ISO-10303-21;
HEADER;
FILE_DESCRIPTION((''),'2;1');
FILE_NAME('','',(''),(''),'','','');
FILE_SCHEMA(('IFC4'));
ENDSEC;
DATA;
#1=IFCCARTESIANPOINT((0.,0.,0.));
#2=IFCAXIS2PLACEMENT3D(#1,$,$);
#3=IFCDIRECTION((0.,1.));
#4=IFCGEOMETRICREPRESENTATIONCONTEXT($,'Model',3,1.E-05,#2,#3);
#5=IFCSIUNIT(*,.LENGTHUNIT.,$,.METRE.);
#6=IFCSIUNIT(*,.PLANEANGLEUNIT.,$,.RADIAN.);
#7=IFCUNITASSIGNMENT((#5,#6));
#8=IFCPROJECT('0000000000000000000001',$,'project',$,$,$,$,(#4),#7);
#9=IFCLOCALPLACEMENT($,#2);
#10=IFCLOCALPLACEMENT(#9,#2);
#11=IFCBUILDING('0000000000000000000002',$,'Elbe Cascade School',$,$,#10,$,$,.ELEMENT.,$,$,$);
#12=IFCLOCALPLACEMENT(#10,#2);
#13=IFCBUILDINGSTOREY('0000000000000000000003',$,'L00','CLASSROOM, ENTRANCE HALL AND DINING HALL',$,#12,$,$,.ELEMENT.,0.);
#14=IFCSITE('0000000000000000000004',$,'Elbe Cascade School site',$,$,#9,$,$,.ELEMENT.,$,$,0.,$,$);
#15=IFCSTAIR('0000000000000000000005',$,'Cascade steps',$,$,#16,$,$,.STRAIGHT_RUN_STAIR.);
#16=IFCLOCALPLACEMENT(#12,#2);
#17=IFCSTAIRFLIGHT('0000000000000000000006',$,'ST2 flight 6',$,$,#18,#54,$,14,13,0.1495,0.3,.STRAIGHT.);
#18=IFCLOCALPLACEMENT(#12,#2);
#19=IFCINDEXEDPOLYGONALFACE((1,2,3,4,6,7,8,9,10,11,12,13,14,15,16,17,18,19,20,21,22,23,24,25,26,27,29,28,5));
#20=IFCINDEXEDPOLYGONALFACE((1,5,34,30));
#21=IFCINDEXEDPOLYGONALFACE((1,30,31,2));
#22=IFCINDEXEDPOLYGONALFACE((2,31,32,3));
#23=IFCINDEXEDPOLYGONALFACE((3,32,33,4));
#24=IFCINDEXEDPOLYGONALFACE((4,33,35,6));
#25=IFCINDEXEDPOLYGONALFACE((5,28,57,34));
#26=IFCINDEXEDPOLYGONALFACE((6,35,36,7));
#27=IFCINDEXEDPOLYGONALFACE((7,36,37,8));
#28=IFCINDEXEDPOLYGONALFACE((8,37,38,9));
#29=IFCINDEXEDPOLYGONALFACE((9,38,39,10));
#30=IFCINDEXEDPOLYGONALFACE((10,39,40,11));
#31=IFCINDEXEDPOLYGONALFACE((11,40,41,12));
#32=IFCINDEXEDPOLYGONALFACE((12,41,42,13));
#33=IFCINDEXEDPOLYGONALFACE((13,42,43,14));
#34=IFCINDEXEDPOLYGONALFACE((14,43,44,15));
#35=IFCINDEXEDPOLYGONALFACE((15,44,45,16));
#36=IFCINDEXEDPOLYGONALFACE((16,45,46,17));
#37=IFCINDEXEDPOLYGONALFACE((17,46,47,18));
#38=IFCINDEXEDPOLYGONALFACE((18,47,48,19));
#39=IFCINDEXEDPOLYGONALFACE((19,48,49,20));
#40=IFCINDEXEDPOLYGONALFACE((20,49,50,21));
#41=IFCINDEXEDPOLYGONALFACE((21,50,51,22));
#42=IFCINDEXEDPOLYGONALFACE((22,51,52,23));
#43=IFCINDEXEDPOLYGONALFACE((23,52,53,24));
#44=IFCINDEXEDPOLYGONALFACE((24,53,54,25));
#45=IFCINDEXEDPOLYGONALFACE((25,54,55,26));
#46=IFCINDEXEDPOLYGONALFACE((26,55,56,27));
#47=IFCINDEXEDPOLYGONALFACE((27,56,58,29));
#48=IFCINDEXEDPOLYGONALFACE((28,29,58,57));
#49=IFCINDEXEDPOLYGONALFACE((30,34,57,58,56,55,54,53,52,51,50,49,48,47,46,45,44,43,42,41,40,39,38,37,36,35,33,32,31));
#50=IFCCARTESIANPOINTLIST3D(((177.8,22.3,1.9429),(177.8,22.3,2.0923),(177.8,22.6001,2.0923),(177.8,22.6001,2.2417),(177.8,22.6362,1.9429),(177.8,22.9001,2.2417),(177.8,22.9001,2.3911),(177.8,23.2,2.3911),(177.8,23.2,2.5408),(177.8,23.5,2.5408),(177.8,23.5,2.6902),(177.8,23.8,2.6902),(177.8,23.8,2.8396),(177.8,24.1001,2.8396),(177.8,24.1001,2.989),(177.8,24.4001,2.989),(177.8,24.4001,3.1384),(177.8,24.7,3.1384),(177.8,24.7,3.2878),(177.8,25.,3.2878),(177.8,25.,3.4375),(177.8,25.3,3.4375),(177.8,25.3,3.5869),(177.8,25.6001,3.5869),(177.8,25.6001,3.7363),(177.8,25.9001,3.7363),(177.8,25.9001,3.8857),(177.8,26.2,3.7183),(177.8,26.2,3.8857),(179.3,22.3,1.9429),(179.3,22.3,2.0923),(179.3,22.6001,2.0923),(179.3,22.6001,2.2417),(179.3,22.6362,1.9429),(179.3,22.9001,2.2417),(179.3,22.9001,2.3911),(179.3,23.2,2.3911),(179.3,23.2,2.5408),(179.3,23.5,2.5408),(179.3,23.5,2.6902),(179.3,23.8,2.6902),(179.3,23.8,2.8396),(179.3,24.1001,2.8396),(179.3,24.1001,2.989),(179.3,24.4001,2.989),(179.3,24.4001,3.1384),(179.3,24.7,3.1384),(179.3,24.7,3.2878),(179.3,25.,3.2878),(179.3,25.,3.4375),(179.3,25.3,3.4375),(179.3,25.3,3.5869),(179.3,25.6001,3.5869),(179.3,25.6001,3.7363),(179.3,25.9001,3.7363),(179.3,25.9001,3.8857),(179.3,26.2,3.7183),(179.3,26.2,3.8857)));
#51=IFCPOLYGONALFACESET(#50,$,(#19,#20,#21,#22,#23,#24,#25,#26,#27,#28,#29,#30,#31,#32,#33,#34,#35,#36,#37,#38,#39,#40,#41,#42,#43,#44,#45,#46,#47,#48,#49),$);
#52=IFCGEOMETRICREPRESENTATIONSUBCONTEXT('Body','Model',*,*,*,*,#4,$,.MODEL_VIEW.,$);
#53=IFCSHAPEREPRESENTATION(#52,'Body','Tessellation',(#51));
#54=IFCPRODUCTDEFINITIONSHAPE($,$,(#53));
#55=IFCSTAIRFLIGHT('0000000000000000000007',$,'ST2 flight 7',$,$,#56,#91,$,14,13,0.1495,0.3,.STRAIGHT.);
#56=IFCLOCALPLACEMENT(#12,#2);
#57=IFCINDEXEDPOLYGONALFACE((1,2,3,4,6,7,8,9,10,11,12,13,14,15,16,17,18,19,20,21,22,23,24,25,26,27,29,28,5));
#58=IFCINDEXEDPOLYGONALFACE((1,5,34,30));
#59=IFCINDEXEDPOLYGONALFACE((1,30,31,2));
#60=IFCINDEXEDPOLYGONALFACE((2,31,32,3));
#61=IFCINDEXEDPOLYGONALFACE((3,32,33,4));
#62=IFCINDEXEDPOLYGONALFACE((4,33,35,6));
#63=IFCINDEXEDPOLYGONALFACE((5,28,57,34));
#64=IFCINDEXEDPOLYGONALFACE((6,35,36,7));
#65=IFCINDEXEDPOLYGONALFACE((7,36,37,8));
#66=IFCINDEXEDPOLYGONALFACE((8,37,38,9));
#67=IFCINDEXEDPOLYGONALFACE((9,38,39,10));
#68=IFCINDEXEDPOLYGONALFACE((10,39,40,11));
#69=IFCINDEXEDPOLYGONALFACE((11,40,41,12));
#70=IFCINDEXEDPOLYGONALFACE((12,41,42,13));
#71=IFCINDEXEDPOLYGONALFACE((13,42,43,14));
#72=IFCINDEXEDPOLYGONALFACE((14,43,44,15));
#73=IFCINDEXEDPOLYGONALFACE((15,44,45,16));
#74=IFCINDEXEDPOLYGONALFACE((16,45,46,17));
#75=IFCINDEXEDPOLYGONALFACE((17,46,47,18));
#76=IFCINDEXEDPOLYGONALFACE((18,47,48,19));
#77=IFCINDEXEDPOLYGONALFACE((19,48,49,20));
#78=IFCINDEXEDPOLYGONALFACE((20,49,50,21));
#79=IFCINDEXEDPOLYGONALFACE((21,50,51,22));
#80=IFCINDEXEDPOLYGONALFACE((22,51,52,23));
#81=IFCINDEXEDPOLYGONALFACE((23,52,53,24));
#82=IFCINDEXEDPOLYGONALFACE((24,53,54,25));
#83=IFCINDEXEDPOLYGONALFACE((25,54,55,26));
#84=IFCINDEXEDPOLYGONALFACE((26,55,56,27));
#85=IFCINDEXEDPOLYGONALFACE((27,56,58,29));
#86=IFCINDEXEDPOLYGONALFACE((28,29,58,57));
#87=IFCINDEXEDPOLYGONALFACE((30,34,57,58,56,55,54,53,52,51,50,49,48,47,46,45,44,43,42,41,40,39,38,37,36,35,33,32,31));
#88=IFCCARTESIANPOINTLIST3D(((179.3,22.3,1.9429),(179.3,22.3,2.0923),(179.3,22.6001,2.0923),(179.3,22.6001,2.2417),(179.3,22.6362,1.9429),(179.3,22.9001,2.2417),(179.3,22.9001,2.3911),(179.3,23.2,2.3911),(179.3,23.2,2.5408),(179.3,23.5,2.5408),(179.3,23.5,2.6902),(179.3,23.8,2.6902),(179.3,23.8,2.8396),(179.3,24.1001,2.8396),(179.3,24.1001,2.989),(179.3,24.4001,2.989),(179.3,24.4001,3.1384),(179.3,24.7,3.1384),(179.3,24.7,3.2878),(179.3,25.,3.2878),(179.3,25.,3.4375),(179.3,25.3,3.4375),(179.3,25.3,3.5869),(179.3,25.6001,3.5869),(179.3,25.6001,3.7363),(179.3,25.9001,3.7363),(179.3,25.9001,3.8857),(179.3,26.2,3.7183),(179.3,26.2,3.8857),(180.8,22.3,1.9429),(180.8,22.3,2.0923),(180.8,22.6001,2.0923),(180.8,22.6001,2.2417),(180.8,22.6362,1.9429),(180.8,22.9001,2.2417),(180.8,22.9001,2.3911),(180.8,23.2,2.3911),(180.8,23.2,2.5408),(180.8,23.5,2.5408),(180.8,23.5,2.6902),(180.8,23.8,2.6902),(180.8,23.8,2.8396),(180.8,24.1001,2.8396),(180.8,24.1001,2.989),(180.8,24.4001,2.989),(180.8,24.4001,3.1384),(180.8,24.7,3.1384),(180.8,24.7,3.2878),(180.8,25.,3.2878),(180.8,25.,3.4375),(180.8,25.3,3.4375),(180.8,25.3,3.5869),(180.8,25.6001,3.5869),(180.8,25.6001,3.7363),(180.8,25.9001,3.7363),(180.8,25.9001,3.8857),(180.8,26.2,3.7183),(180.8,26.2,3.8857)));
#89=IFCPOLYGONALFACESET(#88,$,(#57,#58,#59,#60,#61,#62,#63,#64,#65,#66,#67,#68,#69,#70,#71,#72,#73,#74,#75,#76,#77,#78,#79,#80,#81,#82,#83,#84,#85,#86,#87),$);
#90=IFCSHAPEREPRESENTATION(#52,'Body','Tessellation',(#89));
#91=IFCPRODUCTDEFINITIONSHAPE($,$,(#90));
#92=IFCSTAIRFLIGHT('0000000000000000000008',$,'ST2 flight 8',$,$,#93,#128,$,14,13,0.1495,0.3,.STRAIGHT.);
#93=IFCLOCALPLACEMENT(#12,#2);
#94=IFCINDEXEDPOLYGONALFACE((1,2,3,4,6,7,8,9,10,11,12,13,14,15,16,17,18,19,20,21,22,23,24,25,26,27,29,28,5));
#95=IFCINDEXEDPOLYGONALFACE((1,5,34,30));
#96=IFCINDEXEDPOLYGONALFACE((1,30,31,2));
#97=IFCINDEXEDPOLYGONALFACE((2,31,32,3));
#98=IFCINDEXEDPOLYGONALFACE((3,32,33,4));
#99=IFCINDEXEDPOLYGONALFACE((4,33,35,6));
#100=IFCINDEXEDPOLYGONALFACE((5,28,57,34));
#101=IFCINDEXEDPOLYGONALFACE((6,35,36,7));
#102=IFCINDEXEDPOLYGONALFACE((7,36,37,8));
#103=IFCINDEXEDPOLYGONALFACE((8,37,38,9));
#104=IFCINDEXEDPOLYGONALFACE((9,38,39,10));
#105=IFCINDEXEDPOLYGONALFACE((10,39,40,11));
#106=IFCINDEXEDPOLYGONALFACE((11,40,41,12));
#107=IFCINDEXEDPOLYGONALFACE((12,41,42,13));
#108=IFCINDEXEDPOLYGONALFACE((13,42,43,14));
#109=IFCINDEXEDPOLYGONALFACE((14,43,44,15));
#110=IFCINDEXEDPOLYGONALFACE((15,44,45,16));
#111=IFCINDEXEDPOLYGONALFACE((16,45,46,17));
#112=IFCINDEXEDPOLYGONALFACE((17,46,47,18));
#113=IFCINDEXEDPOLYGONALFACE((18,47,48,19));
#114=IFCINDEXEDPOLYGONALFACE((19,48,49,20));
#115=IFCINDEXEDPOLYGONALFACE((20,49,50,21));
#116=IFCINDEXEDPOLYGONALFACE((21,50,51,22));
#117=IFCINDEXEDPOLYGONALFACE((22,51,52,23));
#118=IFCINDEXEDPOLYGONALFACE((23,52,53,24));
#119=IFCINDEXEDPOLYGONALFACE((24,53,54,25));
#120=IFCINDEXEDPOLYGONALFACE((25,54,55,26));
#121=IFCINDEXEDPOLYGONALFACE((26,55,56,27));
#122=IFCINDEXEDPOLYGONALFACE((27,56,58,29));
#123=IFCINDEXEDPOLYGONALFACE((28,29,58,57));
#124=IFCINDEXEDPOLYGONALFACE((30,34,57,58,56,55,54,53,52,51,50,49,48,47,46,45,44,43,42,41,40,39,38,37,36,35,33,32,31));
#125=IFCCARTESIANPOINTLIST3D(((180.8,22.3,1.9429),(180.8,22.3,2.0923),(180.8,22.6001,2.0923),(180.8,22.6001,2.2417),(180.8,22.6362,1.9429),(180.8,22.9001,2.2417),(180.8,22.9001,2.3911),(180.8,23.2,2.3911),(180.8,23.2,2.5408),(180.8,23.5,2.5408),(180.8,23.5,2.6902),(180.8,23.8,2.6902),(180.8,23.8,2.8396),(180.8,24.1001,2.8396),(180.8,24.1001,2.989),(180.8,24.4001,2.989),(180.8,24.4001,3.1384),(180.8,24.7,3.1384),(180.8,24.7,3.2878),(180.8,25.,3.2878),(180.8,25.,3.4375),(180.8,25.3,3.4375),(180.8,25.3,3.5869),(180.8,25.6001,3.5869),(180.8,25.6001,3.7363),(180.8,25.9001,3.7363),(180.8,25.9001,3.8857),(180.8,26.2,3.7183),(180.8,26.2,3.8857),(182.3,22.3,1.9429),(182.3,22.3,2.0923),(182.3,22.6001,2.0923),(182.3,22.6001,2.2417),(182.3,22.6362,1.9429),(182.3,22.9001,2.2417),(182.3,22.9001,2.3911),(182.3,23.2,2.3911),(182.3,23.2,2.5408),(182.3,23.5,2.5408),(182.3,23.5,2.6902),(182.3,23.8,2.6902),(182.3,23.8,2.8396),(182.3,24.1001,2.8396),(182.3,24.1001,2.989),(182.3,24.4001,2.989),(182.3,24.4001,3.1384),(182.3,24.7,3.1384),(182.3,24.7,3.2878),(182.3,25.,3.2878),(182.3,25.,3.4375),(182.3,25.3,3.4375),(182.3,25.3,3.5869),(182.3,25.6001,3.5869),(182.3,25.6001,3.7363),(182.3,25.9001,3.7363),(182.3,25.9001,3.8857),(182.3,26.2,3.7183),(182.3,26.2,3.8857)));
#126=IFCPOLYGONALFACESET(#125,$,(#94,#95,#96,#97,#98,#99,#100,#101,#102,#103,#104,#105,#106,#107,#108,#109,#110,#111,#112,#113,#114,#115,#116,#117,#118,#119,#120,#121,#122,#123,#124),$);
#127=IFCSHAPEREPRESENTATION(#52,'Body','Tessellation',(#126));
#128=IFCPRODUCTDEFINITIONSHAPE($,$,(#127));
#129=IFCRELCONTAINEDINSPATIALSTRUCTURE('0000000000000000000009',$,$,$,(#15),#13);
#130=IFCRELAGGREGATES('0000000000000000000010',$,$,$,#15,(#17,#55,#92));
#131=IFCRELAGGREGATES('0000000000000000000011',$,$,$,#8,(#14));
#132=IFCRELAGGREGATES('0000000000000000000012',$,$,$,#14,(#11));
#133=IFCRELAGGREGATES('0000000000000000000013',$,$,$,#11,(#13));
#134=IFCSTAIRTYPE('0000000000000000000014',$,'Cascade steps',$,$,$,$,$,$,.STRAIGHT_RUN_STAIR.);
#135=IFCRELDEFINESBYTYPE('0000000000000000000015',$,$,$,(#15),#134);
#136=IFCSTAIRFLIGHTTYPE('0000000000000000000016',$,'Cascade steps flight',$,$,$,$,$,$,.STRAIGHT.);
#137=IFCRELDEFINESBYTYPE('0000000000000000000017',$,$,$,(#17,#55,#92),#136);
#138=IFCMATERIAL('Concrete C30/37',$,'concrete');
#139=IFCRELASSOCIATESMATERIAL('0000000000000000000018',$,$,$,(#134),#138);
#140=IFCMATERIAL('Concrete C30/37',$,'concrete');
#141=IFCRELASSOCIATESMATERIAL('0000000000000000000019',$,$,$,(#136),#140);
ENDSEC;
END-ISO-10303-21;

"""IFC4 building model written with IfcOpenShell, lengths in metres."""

from ifc_helpers import new_model, si_unit, direction, frame, origin, place, context, subcontext, project, spatial, polyline, outline, extrude, material, type_object, element, aggregate, save


model = new_model("IFC4")

# Units and contexts
model_context = context("Model", 3, precision=1e-05, world=origin(), true_north=direction((0.0, 1.0)))
body_context = subcontext(model_context, "Body", "Model", "MODEL_VIEW")
ifc_project = project(units=[si_unit("LENGTHUNIT", "METRE"), si_unit("PLANEANGLEUNIT", "RADIAN")], contexts=[model_context])

# Site, building, storey
site_placement = place(None, origin())
site = spatial("IfcSite", under=ifc_project, at=site_placement, Name="Elbe Cascade School site", CompositionType="ELEMENT", RefElevation=0.0)
building_placement = place(site_placement, origin())
building = spatial("IfcBuilding", under=site, at=building_placement, Name="Elbe Cascade School", CompositionType="ELEMENT")
storey_placement = place(building_placement, origin())
storey = spatial("IfcBuildingStorey", under=building, at=storey_placement, Name="L00", Description="CLASSROOM, ENTRANCE HALL AND DINING HALL", CompositionType="ELEMENT", Elevation=0.0)

# Stair, stair flights
ifc_material_1 = material(Name="Concrete C30/37", Category="concrete")
stair_type = type_object("IfcStairType", Name="Cascade steps", PredefinedType="STRAIGHT_RUN_STAIR", material=ifc_material_1)
stair_placement = place(storey_placement, origin())
stair = element("IfcStair", 1, at=stair_placement, inside=storey, type_object=stair_type, Name="Cascade steps", PredefinedType="STRAIGHT_RUN_STAIR")
ifc_material_2 = material(Name="Concrete C30/37", Category="concrete")
stair_flight_type = type_object("IfcStairFlightType", Name="Cascade steps flight", PredefinedType="STRAIGHT", material=ifc_material_2)
stair_flight_1_placement = place(storey_placement, frame((178.55, 22.3, 1.9429), z_axis=(0.0, 0.0, 1.0), x_axis=(0.0, 1.0, 0.0)))
stair_flight_1 = element("IfcStairFlight", 2, at=stair_flight_1_placement, type_object=stair_flight_type, Name="ST2 flight 6", NumberOfRisers=14, NumberOfTreads=13, PredefinedType="STRAIGHT", RiserHeight=0.1495, TreadLength=0.3, context=body_context, shape_type="SweptSolid", body=[
    extrude(outline(polyline([(0.0, 0.0), (0.0, 0.1494), (0.3, 0.1494), (0.3, 0.2988), (0.6001, 0.2988), (0.6001, 0.4482), (0.8999, 0.4482), (0.8999, 0.5979), (1.2, 0.5979), (1.2, 0.7473), (1.5, 0.7473), (1.5, 0.8967), (1.8, 0.8967), (1.8, 1.0461), (2.1001, 1.0461), (2.1001, 1.1956), (2.3999, 1.1956), (2.3999, 1.345), (2.7, 1.345), (2.7, 1.4946), (3.0, 1.4946), (3.0, 1.644), (3.3, 1.644), (3.3, 1.7935), (3.6001, 1.7935), (3.6001, 1.9429), (3.8999, 1.9429), (3.8999, 2.0923), (3.8999, 1.7754), (0.3362, 0.0), (0.0, 0.0)])), frame((0.0, 0.75, 0.0), z_axis=(0.0, -1.0, 0.0), x_axis=(1.0, 0.0, 0.0)), (0.0, 0.0, 1.0), 1.5),
])
stair_flight_2_placement = place(storey_placement, frame((180.05, 22.3, 1.9429), z_axis=(0.0, 0.0, 1.0), x_axis=(0.0, 1.0, 0.0)))
stair_flight_2 = element("IfcStairFlight", 3, at=stair_flight_2_placement, type_object=stair_flight_type, Name="ST2 flight 7", NumberOfRisers=14, NumberOfTreads=13, PredefinedType="STRAIGHT", RiserHeight=0.1495, TreadLength=0.3, context=body_context, shape_type="SweptSolid", body=[
    extrude(outline(polyline([(0.0, 0.0), (0.0, 0.1494), (0.3, 0.1494), (0.3, 0.2988), (0.6001, 0.2988), (0.6001, 0.4482), (0.8999, 0.4482), (0.8999, 0.5979), (1.2, 0.5979), (1.2, 0.7473), (1.5, 0.7473), (1.5, 0.8967), (1.8, 0.8967), (1.8, 1.0461), (2.1001, 1.0461), (2.1001, 1.1956), (2.3999, 1.1956), (2.3999, 1.345), (2.7, 1.345), (2.7, 1.4946), (3.0, 1.4946), (3.0, 1.644), (3.3, 1.644), (3.3, 1.7935), (3.6001, 1.7935), (3.6001, 1.9429), (3.8999, 1.9429), (3.8999, 2.0923), (3.8999, 1.7754), (0.3362, 0.0), (0.0, 0.0)])), frame((0.0, 0.75, 0.0), z_axis=(0.0, -1.0, 0.0), x_axis=(1.0, 0.0, 0.0)), (0.0, 0.0, 1.0), 1.5),
])
stair_flight_3_placement = place(storey_placement, frame((181.55, 22.3, 1.9429), z_axis=(0.0, 0.0, 1.0), x_axis=(0.0, 1.0, 0.0)))
stair_flight_3 = element("IfcStairFlight", 4, at=stair_flight_3_placement, type_object=stair_flight_type, Name="ST2 flight 8", NumberOfRisers=14, NumberOfTreads=13, PredefinedType="STRAIGHT", RiserHeight=0.1495, TreadLength=0.3, context=body_context, shape_type="SweptSolid", body=[
    extrude(outline(polyline([(0.0, 0.0), (0.0, 0.1494), (0.3, 0.1494), (0.3, 0.2988), (0.6001, 0.2988), (0.6001, 0.4482), (0.8999, 0.4482), (0.8999, 0.5979), (1.2, 0.5979), (1.2, 0.7473), (1.5, 0.7473), (1.5, 0.8967), (1.8, 0.8967), (1.8, 1.0461), (2.1001, 1.0461), (2.1001, 1.1956), (2.3999, 1.1956), (2.3999, 1.345), (2.7, 1.345), (2.7, 1.4946), (3.0, 1.4946), (3.0, 1.644), (3.3, 1.644), (3.3, 1.7935), (3.6001, 1.7935), (3.6001, 1.9429), (3.8999, 1.9429), (3.8999, 2.0923), (3.8999, 1.7754), (0.3362, 0.0), (0.0, 0.0)])), frame((0.0, 0.75, 0.0), z_axis=(0.0, -1.0, 0.0), x_axis=(1.0, 0.0, 0.0)), (0.0, 0.0, 1.0), 1.5),
])
aggregate(stair, [stair_flight_1, stair_flight_2, stair_flight_3])

save(model, "model.ifc")
